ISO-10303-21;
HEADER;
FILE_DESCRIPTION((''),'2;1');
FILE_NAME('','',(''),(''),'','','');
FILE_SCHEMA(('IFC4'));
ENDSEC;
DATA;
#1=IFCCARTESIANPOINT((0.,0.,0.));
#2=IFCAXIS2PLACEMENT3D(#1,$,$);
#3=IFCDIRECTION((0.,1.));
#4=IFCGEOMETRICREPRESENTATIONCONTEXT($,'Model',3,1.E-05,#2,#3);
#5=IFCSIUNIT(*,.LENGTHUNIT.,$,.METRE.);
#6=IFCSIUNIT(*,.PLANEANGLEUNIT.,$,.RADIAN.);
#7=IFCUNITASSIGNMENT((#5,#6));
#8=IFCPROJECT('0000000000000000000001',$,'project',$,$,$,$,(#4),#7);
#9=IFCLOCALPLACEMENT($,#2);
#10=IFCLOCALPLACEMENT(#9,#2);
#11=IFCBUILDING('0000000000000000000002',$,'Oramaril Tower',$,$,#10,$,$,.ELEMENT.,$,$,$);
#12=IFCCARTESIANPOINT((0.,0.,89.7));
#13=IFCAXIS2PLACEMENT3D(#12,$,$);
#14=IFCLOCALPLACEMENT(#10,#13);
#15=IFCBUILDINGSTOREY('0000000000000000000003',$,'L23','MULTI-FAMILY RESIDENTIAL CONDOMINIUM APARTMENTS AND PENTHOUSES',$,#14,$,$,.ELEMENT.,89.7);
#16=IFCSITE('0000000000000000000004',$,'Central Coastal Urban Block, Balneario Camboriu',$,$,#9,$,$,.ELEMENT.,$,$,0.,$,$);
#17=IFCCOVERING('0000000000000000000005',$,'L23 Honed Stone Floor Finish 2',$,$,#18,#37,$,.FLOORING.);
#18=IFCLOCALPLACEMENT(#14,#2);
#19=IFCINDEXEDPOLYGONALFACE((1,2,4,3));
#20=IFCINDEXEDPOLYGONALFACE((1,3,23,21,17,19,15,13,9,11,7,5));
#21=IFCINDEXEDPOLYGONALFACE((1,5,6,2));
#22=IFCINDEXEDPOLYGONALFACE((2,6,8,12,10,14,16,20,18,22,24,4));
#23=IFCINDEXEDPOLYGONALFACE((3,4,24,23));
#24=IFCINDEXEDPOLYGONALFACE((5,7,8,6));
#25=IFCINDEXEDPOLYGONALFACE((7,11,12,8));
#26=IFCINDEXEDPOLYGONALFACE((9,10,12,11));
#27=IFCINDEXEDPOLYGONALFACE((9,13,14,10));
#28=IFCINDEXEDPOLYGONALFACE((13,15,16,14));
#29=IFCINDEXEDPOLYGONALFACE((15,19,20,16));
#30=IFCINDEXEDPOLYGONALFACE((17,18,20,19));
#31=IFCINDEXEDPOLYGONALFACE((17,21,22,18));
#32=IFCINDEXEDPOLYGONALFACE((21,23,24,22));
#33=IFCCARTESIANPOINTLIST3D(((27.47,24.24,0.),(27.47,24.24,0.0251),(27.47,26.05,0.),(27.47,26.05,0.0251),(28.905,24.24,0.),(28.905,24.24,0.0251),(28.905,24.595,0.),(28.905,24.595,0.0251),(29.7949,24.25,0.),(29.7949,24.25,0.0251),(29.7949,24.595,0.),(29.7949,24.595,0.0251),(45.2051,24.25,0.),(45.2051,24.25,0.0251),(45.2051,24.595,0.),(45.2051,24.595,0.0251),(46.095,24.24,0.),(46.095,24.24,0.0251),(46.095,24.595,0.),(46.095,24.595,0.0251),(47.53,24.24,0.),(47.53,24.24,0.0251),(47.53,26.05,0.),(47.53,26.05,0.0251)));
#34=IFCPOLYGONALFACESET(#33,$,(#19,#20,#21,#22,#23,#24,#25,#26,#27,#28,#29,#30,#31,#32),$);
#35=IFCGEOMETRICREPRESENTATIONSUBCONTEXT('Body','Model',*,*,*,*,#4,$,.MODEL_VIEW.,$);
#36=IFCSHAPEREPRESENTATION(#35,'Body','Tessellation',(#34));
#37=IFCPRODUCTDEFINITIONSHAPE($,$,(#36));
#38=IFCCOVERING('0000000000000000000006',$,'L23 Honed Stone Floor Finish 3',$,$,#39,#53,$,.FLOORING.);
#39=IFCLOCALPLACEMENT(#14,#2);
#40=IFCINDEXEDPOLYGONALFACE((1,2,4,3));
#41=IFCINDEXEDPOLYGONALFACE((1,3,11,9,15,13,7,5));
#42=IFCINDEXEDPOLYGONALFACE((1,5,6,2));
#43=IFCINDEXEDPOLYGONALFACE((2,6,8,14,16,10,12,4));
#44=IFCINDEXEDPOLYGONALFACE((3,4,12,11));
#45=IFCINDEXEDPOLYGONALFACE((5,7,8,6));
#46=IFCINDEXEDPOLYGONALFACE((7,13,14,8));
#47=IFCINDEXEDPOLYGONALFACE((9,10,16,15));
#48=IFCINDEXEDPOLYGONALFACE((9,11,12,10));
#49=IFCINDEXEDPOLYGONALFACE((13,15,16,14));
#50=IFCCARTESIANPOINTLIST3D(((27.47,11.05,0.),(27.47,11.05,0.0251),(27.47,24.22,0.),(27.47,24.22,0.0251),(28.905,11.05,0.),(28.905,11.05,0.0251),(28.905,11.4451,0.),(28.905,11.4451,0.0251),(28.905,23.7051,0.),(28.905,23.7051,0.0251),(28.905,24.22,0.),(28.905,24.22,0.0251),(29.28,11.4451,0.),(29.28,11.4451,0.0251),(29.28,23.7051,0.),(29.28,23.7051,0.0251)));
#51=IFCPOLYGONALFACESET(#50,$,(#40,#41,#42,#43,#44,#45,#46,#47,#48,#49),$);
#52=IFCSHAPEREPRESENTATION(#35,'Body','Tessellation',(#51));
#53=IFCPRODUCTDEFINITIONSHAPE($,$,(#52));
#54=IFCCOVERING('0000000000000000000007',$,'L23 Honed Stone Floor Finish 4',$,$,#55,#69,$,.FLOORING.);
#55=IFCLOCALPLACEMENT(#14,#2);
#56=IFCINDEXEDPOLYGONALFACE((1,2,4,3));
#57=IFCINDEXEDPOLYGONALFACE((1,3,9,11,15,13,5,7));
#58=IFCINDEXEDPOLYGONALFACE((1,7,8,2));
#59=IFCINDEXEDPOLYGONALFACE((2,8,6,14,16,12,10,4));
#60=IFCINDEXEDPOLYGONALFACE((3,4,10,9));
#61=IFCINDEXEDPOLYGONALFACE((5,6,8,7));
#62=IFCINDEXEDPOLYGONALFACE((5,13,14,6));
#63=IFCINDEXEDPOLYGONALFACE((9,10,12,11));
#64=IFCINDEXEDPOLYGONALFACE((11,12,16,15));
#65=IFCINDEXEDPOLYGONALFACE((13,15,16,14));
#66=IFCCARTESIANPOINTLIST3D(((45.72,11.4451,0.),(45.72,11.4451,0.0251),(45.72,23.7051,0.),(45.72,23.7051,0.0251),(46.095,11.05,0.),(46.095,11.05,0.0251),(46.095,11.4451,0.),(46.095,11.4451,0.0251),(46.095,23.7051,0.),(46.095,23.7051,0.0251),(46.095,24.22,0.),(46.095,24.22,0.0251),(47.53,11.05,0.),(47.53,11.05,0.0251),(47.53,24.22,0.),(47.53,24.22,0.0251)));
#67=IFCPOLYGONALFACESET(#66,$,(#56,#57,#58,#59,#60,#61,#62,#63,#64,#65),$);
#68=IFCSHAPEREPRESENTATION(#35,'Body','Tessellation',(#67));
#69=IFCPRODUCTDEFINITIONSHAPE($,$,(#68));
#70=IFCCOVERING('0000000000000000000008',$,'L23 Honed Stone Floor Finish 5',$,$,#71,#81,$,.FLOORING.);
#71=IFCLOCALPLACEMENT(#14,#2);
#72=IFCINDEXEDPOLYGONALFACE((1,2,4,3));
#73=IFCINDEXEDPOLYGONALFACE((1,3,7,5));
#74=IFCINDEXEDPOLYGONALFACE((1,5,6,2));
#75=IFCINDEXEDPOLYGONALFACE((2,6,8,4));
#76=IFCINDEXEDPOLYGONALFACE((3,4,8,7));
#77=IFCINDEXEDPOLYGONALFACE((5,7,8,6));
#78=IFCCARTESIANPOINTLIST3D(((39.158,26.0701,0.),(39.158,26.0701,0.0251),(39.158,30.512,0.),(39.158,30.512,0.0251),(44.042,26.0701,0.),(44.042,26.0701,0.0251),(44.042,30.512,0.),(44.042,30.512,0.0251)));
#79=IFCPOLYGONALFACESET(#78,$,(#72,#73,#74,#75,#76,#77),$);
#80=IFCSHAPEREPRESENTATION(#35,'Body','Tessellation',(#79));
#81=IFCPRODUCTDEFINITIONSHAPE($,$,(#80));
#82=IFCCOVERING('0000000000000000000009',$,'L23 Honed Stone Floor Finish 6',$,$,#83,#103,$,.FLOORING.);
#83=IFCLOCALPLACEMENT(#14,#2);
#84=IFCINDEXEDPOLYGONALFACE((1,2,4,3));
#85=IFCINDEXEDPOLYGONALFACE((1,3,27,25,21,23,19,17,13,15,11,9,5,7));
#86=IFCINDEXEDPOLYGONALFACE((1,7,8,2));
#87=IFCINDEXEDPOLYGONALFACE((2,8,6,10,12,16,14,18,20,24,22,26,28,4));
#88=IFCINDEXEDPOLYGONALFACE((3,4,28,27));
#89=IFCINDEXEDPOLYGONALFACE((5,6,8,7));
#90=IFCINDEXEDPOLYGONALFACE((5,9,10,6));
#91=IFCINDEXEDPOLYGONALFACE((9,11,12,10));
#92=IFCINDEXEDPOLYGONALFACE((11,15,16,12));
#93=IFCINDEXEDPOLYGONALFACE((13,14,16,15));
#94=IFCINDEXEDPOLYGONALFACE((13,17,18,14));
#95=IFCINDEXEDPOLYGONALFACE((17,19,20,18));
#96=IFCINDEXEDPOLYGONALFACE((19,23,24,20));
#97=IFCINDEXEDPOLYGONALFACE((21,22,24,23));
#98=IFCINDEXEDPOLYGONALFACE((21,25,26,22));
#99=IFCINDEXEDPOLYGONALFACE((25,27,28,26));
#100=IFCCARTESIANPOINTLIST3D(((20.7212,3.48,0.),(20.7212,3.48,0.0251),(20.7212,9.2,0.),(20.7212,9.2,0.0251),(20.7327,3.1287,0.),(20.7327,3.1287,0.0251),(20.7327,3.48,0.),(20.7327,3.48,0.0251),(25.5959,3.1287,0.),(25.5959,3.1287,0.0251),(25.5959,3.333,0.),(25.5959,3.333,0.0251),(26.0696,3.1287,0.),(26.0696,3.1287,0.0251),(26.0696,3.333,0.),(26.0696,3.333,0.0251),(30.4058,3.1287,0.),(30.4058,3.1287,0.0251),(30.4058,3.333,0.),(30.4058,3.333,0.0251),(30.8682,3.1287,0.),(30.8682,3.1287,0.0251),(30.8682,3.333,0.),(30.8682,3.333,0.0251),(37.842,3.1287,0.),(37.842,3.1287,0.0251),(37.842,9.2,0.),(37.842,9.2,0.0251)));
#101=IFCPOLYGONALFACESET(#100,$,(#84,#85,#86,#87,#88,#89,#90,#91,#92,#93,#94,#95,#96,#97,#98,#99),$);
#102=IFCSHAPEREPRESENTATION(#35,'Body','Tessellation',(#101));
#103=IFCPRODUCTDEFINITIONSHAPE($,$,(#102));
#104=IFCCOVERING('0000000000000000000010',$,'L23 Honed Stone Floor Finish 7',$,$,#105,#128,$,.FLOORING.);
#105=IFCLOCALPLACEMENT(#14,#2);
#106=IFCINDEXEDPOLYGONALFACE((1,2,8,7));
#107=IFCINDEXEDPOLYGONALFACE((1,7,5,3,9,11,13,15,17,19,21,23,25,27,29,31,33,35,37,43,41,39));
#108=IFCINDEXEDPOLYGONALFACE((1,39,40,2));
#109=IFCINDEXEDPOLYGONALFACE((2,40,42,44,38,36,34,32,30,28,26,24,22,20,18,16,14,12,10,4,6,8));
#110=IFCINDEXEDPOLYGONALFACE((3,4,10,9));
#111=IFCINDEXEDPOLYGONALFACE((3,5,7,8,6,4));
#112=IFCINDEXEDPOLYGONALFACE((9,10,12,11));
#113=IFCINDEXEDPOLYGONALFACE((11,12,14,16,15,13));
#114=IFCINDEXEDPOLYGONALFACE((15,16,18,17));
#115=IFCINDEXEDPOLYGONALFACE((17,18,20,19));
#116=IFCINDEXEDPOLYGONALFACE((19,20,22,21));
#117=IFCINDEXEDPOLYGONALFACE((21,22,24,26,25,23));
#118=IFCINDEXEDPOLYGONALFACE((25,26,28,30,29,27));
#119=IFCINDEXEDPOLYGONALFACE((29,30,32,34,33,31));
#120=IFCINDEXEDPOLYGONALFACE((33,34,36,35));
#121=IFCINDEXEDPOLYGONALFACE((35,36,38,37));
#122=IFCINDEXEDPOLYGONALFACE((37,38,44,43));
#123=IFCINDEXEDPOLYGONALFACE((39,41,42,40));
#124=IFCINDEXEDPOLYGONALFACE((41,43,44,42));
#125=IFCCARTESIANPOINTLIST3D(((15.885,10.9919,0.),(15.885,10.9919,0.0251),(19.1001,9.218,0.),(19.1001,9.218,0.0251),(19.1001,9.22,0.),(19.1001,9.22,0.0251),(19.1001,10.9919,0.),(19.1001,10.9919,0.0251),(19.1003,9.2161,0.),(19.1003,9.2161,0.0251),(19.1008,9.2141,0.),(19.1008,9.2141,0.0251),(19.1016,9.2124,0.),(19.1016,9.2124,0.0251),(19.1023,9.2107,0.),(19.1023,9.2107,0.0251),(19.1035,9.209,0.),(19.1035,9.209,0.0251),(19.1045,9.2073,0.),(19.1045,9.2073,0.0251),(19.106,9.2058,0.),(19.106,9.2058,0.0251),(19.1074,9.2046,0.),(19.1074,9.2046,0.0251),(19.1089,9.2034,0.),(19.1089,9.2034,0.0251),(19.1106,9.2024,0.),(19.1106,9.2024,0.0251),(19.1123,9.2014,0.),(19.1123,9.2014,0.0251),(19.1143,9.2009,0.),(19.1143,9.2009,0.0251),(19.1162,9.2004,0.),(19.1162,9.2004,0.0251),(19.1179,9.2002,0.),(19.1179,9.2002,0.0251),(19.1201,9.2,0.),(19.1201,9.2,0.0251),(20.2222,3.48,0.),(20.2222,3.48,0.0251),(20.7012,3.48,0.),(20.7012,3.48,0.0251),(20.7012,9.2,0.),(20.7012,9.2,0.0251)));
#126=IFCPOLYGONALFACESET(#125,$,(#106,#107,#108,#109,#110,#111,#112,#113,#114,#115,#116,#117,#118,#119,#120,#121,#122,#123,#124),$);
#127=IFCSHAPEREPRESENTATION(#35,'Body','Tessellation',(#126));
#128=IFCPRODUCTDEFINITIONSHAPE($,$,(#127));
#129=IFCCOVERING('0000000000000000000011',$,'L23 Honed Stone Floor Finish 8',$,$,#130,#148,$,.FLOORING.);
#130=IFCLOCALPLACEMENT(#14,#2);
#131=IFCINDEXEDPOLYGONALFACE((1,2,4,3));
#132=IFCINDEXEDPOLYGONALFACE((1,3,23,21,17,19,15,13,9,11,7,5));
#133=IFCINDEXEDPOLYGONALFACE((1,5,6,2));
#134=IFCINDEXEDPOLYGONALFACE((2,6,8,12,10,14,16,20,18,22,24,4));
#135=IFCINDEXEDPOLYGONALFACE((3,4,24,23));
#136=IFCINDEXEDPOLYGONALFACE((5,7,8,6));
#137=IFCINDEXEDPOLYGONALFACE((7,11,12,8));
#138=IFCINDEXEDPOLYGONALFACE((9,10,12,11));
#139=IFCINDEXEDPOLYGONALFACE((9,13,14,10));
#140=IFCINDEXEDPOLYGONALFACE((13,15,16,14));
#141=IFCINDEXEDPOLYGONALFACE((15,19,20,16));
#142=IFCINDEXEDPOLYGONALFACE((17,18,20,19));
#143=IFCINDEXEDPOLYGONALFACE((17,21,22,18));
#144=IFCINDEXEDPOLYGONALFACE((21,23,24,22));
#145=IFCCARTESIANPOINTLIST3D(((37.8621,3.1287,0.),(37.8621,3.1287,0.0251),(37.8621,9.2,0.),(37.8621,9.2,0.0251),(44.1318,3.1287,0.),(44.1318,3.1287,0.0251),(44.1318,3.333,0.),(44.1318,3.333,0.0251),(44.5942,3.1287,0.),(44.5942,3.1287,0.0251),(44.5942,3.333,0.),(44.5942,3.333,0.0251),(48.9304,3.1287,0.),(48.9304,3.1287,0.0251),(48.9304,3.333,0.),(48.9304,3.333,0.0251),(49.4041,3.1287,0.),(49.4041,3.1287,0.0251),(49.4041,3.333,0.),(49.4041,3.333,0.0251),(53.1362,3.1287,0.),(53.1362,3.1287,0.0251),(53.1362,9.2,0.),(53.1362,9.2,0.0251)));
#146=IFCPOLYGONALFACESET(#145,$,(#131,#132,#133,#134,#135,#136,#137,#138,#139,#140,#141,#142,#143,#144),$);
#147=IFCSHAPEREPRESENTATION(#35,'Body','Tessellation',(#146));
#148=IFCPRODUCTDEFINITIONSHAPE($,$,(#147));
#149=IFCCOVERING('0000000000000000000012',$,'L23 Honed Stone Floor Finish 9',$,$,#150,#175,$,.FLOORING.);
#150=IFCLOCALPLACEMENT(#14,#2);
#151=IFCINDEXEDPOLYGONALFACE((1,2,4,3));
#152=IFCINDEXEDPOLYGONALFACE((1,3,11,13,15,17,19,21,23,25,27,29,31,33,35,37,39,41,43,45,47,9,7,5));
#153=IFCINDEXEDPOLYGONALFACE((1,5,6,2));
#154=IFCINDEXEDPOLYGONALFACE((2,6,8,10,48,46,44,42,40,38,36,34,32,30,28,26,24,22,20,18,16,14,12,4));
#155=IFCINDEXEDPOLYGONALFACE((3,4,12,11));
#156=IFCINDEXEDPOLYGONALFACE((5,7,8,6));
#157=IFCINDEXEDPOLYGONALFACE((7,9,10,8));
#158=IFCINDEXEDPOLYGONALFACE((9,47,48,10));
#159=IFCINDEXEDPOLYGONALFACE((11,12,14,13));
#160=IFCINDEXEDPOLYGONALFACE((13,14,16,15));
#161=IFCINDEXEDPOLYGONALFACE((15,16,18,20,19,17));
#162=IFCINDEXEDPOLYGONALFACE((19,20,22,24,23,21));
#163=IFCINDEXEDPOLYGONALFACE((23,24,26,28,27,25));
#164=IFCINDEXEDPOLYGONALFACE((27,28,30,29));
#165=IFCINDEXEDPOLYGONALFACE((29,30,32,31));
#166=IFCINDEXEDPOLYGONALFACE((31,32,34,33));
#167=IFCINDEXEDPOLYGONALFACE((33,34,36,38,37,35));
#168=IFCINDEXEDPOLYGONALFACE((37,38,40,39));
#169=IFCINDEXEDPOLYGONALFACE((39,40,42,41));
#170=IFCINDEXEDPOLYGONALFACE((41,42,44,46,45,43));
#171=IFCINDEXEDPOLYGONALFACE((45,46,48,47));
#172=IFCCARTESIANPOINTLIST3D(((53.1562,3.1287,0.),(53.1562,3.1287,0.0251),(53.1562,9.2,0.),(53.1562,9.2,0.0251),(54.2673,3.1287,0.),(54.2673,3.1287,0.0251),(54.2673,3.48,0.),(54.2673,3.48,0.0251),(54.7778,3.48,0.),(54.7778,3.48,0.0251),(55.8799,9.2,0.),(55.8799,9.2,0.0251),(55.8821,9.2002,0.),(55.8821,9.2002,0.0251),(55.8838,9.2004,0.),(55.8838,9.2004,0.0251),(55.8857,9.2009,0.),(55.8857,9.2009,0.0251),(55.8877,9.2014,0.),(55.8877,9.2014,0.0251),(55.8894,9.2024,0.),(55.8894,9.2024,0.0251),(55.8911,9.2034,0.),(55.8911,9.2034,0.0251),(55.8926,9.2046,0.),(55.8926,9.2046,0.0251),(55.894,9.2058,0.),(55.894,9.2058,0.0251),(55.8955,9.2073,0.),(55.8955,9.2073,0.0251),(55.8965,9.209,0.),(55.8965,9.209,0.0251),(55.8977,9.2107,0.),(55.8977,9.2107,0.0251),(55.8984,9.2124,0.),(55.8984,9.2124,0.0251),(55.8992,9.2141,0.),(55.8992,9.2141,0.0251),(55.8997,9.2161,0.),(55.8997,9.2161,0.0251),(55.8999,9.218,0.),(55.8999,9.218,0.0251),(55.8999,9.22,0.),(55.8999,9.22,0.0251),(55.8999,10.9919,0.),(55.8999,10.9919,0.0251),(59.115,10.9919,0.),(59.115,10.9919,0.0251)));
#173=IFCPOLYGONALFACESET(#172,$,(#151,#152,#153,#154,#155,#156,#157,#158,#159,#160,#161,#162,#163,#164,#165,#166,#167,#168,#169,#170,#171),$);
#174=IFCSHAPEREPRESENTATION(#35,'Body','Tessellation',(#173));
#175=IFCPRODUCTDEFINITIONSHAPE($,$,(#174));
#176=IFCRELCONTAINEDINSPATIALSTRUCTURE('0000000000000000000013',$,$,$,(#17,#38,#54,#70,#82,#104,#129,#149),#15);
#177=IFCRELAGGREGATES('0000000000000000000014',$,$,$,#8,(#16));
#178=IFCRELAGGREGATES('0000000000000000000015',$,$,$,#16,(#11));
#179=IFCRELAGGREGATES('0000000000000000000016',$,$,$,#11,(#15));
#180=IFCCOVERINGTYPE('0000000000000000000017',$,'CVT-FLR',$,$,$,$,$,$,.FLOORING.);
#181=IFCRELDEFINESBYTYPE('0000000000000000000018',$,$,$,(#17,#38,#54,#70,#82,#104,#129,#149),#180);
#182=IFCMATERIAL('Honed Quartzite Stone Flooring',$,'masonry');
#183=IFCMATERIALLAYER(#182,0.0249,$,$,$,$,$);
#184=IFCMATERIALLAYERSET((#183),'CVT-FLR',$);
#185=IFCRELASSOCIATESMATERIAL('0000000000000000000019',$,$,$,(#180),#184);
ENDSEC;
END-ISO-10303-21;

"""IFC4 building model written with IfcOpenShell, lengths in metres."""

from ifc_helpers import new_model, si_unit, direction, frame, origin, place, context, subcontext, project, spatial, polyline, outline, extrude, material, layer, layer_set, type_object, element, save


model = new_model("IFC4")

# Units and contexts
model_context = context("Model", 3, precision=1e-05, world=origin(), true_north=direction((0.0, 1.0)))
body_context = subcontext(model_context, "Body", "Model", "MODEL_VIEW")
ifc_project = project(units=[si_unit("LENGTHUNIT", "METRE"), si_unit("PLANEANGLEUNIT", "RADIAN")], contexts=[model_context])

# Site, building, storey
site_placement = place(None, origin())
site = spatial("IfcSite", under=ifc_project, at=site_placement, Name="Central Coastal Urban Block, Balneario Camboriu", CompositionType="ELEMENT", RefElevation=0.0)
building_placement = place(site_placement, origin())
building = spatial("IfcBuilding", under=site, at=building_placement, Name="Oramaril Tower", CompositionType="ELEMENT")
storey_placement = place(building_placement, frame((0.0, 0.0, 89.7)))
storey = spatial("IfcBuildingStorey", under=building, at=storey_placement, Name="L23", Description="MULTI-FAMILY RESIDENTIAL CONDOMINIUM APARTMENTS AND PENTHOUSES", CompositionType="ELEMENT", Elevation=89.7)

# Coverings
ifc_material_1 = material(Name="Honed Quartzite Stone Flooring", Category="masonry")
ifc_layer_1 = layer(ifc_material_1, 0.0249)
ifc_layer_set_1 = layer_set([ifc_layer_1], Name="CVT-FLR")
covering_type_1 = type_object("IfcCoveringType", Name="CVT-FLR", PredefinedType="FLOORING", material=ifc_layer_set_1)
covering_1_placement = place(storey_placement, origin())
element("IfcCovering", 1, at=covering_1_placement, inside=storey, type_object=covering_type_1, Name="L23 Honed Stone Floor Finish 2", PredefinedType="FLOORING", context=body_context, shape_type="SweptSolid", body=[
    extrude(outline(polyline([(47.53, 24.24), (46.095, 24.24), (46.095, 24.595), (45.2051, 24.595), (45.2051, 24.25), (29.7949, 24.25), (29.7949, 24.595), (28.905, 24.595), (28.905, 24.24), (27.47, 24.24), (27.47, 26.05), (47.53, 26.05), (47.53, 24.24)])), origin(), (0.0, 0.0, 1.0), 0.0251),
])
covering_2_placement = place(storey_placement, origin())
element("IfcCovering", 2, at=covering_2_placement, inside=storey, type_object=covering_type_1, Name="L23 Honed Stone Floor Finish 3", PredefinedType="FLOORING", context=body_context, shape_type="SweptSolid", body=[
    extrude(outline(polyline([(28.905, 23.7051), (29.28, 23.7051), (29.28, 11.4451), (28.905, 11.4451), (28.905, 11.05), (27.47, 11.05), (27.47, 24.22), (28.905, 24.22), (28.905, 23.7051)])), origin(), (0.0, 0.0, 1.0), 0.0251),
])
covering_3_placement = place(storey_placement, origin())
element("IfcCovering", 3, at=covering_3_placement, inside=storey, type_object=covering_type_1, Name="L23 Honed Stone Floor Finish 4", PredefinedType="FLOORING", context=body_context, shape_type="SweptSolid", body=[
    extrude(outline(polyline([(47.53, 11.05), (46.095, 11.05), (46.095, 11.4451), (45.72, 11.4451), (45.72, 23.7051), (46.095, 23.7051), (46.095, 24.22), (47.53, 24.22), (47.53, 11.05)])), origin(), (0.0, 0.0, 1.0), 0.0251),
])
covering_4_placement = place(storey_placement, origin())
element("IfcCovering", 4, at=covering_4_placement, inside=storey, type_object=covering_type_1, Name="L23 Honed Stone Floor Finish 5", PredefinedType="FLOORING", context=body_context, shape_type="SweptSolid", body=[
    extrude(outline(polyline([(44.042, 30.512), (44.042, 26.0701), (39.158, 26.0701), (39.158, 30.512), (44.042, 30.512)])), origin(), (0.0, 0.0, 1.0), 0.0251),
])
covering_5_placement = place(storey_placement, origin())
element("IfcCovering", 5, at=covering_5_placement, inside=storey, type_object=covering_type_1, Name="L23 Honed Stone Floor Finish 6", PredefinedType="FLOORING", context=body_context, shape_type="SweptSolid", body=[
    extrude(outline(polyline([(30.8682, 3.333), (30.4058, 3.333), (30.4058, 3.1287), (26.0696, 3.1287), (26.0696, 3.333), (25.5959, 3.333), (25.5959, 3.1287), (20.7327, 3.1287), (20.7327, 3.48), (20.7212, 3.48), (20.7212, 9.2), (37.842, 9.2), (37.842, 3.1287), (30.8682, 3.1287), (30.8682, 3.333)])), origin(), (0.0, 0.0, 1.0), 0.0251),
])
covering_6_placement = place(storey_placement, origin())
element("IfcCovering", 6, at=covering_6_placement, inside=storey, type_object=covering_type_1, Name="L23 Honed Stone Floor Finish 7", PredefinedType="FLOORING", context=body_context, shape_type="SweptSolid", body=[
    extrude(outline(polyline([(20.2222, 3.48), (15.885, 10.9919), (19.1001, 10.9919), (19.1001, 9.22), (19.1001, 9.218), (19.1003, 9.2161), (19.1008, 9.2141), (19.1016, 9.2124), (19.1023, 9.2107), (19.1035, 9.209), (19.1045, 9.2073), (19.106, 9.2058), (19.1074, 9.2046), (19.1089, 9.2034), (19.1106, 9.2024), (19.1123, 9.2014), (19.1143, 9.2009), (19.1162, 9.2004), (19.1179, 9.2002), (19.1201, 9.2), (20.7012, 9.2), (20.7012, 3.48), (20.2222, 3.48)])), origin(), (0.0, 0.0, 1.0), 0.0251),
])
covering_7_placement = place(storey_placement, origin())
element("IfcCovering", 7, at=covering_7_placement, inside=storey, type_object=covering_type_1, Name="L23 Honed Stone Floor Finish 8", PredefinedType="FLOORING", context=body_context, shape_type="SweptSolid", body=[
    extrude(outline(polyline([(49.4041, 3.1287), (49.4041, 3.333), (48.9304, 3.333), (48.9304, 3.1287), (44.5942, 3.1287), (44.5942, 3.333), (44.1318, 3.333), (44.1318, 3.1287), (37.8621, 3.1287), (37.8621, 9.2), (53.1362, 9.2), (53.1362, 3.1287), (49.4041, 3.1287)])), origin(), (0.0, 0.0, 1.0), 0.0251),
])
covering_8_placement = place(storey_placement, origin())
element("IfcCovering", 8, at=covering_8_placement, inside=storey, type_object=covering_type_1, Name="L23 Honed Stone Floor Finish 9", PredefinedType="FLOORING", context=body_context, shape_type="SweptSolid", body=[
    extrude(outline(polyline([(59.115, 10.9919), (54.7778, 3.48), (54.2673, 3.48), (54.2673, 3.1287), (53.1562, 3.1287), (53.1562, 9.2), (55.8799, 9.2), (55.8821, 9.2002), (55.8838, 9.2004), (55.8857, 9.2009), (55.8877, 9.2014), (55.8894, 9.2024), (55.8911, 9.2034), (55.8926, 9.2046), (55.894, 9.2058), (55.8955, 9.2073), (55.8965, 9.209), (55.8977, 9.2107), (55.8984, 9.2124), (55.8992, 9.2141), (55.8997, 9.2161), (55.8999, 9.218), (55.8999, 9.22), (55.8999, 10.9919), (59.115, 10.9919)])), origin(), (0.0, 0.0, 1.0), 0.0251),
])

save(model, "model.ifc")
